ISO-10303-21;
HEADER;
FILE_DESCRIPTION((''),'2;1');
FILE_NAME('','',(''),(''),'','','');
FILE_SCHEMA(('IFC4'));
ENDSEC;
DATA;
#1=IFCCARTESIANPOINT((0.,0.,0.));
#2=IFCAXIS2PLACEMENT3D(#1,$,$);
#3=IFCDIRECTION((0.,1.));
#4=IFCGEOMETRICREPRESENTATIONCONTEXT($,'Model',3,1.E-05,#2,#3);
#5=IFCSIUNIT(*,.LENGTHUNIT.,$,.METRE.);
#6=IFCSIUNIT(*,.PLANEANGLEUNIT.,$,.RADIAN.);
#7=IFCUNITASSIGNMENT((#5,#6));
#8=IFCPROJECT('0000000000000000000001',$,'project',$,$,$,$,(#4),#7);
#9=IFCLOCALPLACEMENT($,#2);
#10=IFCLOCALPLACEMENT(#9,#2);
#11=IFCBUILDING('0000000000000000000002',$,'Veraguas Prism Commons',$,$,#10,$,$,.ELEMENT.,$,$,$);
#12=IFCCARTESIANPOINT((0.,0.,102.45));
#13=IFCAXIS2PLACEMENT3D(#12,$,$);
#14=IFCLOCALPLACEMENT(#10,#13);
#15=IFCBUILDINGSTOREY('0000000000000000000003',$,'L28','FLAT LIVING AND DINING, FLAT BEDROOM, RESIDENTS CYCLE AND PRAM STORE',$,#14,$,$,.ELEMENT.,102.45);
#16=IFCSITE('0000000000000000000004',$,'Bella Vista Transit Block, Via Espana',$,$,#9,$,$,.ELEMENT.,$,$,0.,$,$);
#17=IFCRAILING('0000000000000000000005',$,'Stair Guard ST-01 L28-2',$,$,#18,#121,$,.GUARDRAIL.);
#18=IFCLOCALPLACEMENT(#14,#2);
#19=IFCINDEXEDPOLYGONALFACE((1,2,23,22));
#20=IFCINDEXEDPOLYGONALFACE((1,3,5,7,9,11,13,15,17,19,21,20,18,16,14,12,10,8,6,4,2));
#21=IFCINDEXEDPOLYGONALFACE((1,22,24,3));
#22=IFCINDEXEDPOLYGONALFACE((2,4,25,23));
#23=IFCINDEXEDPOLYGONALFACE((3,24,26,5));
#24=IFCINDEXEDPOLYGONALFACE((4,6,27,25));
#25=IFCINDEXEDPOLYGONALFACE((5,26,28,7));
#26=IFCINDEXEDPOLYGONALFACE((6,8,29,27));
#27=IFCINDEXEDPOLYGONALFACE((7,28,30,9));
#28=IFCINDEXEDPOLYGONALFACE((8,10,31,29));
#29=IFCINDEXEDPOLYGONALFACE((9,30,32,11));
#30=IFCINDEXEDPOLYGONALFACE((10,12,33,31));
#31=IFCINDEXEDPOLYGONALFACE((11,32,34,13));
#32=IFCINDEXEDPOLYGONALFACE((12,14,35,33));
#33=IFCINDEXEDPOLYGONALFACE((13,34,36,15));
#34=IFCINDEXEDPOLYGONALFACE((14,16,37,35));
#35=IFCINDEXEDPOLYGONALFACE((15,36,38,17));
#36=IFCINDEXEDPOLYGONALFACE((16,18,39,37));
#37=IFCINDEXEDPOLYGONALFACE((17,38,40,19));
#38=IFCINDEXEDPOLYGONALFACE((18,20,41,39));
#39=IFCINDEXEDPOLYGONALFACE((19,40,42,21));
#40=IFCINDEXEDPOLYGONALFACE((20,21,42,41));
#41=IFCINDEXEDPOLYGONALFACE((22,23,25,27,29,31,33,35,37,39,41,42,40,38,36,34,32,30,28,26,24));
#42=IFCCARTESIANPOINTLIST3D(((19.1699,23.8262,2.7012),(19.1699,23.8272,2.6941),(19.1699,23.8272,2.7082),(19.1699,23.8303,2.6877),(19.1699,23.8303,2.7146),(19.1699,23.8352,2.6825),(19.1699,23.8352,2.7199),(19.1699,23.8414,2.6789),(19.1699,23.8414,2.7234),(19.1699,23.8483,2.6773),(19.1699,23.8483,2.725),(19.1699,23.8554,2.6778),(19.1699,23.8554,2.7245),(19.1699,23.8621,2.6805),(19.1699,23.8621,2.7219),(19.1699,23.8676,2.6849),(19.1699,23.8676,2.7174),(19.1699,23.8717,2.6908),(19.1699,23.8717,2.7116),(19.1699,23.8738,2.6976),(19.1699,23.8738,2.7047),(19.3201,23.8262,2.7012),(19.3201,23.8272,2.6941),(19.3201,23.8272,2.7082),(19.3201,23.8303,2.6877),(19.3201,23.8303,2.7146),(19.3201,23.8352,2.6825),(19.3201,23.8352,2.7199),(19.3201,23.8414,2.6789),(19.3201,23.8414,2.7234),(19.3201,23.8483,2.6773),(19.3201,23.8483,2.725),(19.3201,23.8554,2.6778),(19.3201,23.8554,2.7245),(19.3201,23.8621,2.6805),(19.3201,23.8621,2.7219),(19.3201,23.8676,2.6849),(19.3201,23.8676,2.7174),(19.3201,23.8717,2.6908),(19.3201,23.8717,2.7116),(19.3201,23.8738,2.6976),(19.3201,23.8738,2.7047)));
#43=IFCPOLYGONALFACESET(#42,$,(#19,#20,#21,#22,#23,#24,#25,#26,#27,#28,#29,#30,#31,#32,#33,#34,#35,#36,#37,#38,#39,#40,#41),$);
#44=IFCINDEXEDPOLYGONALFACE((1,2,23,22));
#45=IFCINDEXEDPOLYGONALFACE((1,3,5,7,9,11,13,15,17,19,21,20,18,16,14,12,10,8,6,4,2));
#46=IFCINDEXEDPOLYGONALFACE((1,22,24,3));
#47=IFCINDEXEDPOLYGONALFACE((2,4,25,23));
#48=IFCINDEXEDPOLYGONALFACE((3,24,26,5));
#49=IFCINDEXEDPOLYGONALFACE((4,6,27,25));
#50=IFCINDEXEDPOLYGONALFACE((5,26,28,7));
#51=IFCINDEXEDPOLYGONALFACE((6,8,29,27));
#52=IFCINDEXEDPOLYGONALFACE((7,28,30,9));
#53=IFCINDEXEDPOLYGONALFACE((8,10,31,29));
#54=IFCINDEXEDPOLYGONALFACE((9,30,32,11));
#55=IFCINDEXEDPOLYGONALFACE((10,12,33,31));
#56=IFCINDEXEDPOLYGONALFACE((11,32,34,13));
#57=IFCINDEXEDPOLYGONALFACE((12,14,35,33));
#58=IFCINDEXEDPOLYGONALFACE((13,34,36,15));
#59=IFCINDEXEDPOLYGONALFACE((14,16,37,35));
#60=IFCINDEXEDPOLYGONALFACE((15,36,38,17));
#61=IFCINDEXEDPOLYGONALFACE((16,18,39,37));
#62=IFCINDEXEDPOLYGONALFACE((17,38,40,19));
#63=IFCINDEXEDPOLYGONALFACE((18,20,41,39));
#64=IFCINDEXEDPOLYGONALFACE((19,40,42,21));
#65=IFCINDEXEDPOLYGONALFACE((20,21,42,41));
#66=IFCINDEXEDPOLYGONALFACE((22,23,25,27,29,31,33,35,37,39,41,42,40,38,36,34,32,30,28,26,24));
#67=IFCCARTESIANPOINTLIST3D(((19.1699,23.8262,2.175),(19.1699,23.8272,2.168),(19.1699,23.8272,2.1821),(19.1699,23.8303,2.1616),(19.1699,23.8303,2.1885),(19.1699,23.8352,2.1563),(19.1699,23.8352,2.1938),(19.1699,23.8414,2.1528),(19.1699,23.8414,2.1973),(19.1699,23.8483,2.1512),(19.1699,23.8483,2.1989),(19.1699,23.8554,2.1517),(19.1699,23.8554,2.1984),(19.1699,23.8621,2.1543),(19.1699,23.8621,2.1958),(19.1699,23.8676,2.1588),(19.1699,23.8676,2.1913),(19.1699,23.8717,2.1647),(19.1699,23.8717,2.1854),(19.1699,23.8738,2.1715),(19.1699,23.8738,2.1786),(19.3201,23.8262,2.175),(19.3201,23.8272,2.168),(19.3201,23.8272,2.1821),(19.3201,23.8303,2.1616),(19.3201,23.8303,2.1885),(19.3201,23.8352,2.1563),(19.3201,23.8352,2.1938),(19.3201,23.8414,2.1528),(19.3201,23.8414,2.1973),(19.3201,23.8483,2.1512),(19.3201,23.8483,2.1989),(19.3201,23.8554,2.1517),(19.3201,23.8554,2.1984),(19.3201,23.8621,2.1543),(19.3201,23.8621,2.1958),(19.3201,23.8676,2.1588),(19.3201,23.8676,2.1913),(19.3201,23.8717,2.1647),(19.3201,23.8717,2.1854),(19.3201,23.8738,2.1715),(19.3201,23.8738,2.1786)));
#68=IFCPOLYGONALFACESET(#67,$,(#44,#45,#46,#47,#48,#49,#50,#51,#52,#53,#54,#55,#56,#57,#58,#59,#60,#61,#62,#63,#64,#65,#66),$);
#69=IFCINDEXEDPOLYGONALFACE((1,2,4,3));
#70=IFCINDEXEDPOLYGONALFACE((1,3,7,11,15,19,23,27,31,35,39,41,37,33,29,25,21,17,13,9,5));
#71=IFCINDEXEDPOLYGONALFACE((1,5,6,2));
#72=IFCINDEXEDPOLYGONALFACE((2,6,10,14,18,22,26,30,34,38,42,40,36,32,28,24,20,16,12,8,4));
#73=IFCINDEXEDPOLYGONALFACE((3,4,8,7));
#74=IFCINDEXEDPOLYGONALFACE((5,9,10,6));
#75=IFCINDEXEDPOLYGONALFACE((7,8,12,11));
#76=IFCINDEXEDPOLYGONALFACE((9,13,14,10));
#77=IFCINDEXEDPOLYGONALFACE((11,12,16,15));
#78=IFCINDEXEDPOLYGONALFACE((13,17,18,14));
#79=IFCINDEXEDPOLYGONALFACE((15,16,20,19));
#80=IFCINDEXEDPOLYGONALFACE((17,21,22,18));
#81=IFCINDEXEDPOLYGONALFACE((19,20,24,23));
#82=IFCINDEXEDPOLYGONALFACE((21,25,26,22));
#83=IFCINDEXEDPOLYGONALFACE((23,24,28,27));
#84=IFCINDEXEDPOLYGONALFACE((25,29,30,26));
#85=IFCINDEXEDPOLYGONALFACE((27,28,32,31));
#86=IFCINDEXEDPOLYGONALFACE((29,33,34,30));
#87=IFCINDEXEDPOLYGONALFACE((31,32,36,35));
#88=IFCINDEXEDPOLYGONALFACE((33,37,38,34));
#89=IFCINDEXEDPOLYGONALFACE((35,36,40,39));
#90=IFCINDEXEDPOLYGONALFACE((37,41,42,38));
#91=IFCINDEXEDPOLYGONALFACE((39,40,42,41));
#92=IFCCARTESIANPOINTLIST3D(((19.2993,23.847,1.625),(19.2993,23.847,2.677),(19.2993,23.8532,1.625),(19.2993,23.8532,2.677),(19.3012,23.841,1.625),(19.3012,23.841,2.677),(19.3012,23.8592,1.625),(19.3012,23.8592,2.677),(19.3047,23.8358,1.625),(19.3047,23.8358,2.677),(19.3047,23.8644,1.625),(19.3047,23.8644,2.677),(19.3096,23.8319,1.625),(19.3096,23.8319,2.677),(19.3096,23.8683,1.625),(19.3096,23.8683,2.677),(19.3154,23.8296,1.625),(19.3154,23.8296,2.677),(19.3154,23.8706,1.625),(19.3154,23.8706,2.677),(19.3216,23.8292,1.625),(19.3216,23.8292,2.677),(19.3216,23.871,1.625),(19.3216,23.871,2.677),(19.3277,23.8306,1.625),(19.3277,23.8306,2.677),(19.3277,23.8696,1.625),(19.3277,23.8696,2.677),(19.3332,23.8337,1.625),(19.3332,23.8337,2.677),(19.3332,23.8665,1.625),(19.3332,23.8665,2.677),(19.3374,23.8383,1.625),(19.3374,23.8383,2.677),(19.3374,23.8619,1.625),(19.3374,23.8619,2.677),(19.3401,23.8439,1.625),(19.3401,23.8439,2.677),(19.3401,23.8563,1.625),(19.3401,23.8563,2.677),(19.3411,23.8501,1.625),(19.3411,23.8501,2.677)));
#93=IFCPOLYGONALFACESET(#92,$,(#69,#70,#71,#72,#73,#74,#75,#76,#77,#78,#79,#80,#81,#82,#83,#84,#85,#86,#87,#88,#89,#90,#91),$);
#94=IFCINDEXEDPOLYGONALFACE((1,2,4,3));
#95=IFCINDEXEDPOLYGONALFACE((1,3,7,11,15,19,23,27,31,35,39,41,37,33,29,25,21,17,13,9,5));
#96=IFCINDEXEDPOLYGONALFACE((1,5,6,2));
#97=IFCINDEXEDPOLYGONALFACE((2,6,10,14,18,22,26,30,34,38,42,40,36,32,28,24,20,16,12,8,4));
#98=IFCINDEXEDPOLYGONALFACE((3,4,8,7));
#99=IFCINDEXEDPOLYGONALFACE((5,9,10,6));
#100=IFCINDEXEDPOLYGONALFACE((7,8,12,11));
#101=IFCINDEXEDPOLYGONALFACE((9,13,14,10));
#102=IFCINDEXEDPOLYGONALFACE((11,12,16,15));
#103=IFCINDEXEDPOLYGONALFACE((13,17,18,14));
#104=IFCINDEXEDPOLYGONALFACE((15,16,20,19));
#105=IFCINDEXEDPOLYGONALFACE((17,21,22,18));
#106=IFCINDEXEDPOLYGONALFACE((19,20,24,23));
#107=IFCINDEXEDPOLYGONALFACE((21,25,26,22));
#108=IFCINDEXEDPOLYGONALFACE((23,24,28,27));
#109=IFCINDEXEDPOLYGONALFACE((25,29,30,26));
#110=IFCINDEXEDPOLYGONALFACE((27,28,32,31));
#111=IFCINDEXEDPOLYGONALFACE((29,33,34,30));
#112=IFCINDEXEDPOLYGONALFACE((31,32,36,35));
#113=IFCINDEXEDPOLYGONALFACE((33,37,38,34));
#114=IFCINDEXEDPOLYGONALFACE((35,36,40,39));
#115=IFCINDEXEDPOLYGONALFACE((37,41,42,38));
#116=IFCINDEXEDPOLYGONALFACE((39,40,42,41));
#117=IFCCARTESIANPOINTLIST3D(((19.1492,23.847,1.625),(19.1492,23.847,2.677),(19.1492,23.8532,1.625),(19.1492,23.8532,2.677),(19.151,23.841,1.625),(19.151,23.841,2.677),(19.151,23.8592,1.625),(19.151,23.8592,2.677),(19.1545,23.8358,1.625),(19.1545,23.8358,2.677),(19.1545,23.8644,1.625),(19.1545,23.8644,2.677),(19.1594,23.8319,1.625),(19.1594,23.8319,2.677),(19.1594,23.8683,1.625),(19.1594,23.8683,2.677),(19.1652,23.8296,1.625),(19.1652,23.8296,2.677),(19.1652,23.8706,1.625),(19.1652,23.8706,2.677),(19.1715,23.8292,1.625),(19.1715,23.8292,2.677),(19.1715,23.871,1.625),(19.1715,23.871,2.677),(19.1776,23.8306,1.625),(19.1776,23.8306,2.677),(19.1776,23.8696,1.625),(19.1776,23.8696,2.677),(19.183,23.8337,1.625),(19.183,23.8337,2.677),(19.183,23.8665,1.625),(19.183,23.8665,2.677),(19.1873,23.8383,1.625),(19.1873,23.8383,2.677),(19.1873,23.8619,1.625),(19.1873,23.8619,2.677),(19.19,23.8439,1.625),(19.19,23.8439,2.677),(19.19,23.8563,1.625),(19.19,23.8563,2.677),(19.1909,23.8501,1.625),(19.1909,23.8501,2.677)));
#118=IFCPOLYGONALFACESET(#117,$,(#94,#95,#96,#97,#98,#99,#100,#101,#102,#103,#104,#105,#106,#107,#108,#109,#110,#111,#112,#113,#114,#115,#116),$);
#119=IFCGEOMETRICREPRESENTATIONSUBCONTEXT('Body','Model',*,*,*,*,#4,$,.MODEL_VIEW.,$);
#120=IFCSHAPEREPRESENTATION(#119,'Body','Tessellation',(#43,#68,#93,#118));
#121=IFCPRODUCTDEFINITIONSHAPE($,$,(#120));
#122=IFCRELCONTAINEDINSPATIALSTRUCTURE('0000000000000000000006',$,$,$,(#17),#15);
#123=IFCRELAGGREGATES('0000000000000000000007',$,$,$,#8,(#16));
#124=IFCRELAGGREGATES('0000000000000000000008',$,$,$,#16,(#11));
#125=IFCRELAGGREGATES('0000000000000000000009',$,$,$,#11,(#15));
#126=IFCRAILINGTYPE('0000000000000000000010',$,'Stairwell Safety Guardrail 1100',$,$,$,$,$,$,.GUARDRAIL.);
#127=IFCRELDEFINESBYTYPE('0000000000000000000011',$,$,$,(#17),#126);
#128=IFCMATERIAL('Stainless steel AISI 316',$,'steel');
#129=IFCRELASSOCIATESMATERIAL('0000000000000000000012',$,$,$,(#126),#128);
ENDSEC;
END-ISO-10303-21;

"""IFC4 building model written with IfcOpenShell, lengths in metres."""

from ifc_helpers import new_model, si_unit, direction, frame, origin, origin_2d, place, context, subcontext, project, spatial, circle, extrude, material, type_object, element, save


model = new_model("IFC4")

# Units and contexts
model_context = context("Model", 3, precision=1e-05, world=origin(), true_north=direction((0.0, 1.0)))
body_context = subcontext(model_context, "Body", "Model", "MODEL_VIEW")
ifc_project = project(units=[si_unit("LENGTHUNIT", "METRE"), si_unit("PLANEANGLEUNIT", "RADIAN")], contexts=[model_context])

# Site, building, storey
site_placement = place(None, origin())
site = spatial("IfcSite", under=ifc_project, at=site_placement, Name="Bella Vista Transit Block, Via Espana", CompositionType="ELEMENT", RefElevation=0.0)
building_placement = place(site_placement, origin())
building = spatial("IfcBuilding", under=site, at=building_placement, Name="Veraguas Prism Commons", CompositionType="ELEMENT")
storey_placement = place(building_placement, frame((0.0, 0.0, 102.45)))
storey = spatial("IfcBuildingStorey", under=building, at=storey_placement, Name="L28", Description="FLAT LIVING AND DINING, FLAT BEDROOM, RESIDENTS CYCLE AND PRAM STORE", CompositionType="ELEMENT", Elevation=102.45)

# Railing
ifc_material_1 = material(Name="Stainless steel AISI 316", Category="steel")
railing_type_1 = type_object("IfcRailingType", Name="Stairwell Safety Guardrail 1100", PredefinedType="GUARDRAIL", material=ifc_material_1)
railing_1_placement = place(storey_placement, frame((19.3201, 23.8501, 1.625)))
element("IfcRailing", 1, at=railing_1_placement, inside=storey, type_object=railing_type_1, Name="Stair Guard ST-01 L28-2", PredefinedType="GUARDRAIL", context=body_context, shape_type="SweptSolid", body=[
    extrude(circle(Radius=0.0239, at=origin_2d()), frame((0.0, 0.0, 1.0762), z_axis=(-1.0, 0.0, 0.0), x_axis=(0.0, -1.0, 0.0)), (0.0, 0.0, 1.0), 0.1501),
    extrude(circle(Radius=0.0239, at=origin_2d()), frame((0.0, 0.0, 0.55), z_axis=(-1.0, 0.0, 0.0), x_axis=(0.0, -1.0, 0.0)), (0.0, 0.0, 1.0), 0.1501),
    extrude(circle(Radius=0.021, at=origin_2d()), origin(), (0.0, 0.0, 1.0), 1.052),
    extrude(circle(Radius=0.021, at=origin_2d()), frame((-0.1501, 0.0, 0.0)), (0.0, 0.0, 1.0), 1.052),
])

save(model, "model.ifc")
